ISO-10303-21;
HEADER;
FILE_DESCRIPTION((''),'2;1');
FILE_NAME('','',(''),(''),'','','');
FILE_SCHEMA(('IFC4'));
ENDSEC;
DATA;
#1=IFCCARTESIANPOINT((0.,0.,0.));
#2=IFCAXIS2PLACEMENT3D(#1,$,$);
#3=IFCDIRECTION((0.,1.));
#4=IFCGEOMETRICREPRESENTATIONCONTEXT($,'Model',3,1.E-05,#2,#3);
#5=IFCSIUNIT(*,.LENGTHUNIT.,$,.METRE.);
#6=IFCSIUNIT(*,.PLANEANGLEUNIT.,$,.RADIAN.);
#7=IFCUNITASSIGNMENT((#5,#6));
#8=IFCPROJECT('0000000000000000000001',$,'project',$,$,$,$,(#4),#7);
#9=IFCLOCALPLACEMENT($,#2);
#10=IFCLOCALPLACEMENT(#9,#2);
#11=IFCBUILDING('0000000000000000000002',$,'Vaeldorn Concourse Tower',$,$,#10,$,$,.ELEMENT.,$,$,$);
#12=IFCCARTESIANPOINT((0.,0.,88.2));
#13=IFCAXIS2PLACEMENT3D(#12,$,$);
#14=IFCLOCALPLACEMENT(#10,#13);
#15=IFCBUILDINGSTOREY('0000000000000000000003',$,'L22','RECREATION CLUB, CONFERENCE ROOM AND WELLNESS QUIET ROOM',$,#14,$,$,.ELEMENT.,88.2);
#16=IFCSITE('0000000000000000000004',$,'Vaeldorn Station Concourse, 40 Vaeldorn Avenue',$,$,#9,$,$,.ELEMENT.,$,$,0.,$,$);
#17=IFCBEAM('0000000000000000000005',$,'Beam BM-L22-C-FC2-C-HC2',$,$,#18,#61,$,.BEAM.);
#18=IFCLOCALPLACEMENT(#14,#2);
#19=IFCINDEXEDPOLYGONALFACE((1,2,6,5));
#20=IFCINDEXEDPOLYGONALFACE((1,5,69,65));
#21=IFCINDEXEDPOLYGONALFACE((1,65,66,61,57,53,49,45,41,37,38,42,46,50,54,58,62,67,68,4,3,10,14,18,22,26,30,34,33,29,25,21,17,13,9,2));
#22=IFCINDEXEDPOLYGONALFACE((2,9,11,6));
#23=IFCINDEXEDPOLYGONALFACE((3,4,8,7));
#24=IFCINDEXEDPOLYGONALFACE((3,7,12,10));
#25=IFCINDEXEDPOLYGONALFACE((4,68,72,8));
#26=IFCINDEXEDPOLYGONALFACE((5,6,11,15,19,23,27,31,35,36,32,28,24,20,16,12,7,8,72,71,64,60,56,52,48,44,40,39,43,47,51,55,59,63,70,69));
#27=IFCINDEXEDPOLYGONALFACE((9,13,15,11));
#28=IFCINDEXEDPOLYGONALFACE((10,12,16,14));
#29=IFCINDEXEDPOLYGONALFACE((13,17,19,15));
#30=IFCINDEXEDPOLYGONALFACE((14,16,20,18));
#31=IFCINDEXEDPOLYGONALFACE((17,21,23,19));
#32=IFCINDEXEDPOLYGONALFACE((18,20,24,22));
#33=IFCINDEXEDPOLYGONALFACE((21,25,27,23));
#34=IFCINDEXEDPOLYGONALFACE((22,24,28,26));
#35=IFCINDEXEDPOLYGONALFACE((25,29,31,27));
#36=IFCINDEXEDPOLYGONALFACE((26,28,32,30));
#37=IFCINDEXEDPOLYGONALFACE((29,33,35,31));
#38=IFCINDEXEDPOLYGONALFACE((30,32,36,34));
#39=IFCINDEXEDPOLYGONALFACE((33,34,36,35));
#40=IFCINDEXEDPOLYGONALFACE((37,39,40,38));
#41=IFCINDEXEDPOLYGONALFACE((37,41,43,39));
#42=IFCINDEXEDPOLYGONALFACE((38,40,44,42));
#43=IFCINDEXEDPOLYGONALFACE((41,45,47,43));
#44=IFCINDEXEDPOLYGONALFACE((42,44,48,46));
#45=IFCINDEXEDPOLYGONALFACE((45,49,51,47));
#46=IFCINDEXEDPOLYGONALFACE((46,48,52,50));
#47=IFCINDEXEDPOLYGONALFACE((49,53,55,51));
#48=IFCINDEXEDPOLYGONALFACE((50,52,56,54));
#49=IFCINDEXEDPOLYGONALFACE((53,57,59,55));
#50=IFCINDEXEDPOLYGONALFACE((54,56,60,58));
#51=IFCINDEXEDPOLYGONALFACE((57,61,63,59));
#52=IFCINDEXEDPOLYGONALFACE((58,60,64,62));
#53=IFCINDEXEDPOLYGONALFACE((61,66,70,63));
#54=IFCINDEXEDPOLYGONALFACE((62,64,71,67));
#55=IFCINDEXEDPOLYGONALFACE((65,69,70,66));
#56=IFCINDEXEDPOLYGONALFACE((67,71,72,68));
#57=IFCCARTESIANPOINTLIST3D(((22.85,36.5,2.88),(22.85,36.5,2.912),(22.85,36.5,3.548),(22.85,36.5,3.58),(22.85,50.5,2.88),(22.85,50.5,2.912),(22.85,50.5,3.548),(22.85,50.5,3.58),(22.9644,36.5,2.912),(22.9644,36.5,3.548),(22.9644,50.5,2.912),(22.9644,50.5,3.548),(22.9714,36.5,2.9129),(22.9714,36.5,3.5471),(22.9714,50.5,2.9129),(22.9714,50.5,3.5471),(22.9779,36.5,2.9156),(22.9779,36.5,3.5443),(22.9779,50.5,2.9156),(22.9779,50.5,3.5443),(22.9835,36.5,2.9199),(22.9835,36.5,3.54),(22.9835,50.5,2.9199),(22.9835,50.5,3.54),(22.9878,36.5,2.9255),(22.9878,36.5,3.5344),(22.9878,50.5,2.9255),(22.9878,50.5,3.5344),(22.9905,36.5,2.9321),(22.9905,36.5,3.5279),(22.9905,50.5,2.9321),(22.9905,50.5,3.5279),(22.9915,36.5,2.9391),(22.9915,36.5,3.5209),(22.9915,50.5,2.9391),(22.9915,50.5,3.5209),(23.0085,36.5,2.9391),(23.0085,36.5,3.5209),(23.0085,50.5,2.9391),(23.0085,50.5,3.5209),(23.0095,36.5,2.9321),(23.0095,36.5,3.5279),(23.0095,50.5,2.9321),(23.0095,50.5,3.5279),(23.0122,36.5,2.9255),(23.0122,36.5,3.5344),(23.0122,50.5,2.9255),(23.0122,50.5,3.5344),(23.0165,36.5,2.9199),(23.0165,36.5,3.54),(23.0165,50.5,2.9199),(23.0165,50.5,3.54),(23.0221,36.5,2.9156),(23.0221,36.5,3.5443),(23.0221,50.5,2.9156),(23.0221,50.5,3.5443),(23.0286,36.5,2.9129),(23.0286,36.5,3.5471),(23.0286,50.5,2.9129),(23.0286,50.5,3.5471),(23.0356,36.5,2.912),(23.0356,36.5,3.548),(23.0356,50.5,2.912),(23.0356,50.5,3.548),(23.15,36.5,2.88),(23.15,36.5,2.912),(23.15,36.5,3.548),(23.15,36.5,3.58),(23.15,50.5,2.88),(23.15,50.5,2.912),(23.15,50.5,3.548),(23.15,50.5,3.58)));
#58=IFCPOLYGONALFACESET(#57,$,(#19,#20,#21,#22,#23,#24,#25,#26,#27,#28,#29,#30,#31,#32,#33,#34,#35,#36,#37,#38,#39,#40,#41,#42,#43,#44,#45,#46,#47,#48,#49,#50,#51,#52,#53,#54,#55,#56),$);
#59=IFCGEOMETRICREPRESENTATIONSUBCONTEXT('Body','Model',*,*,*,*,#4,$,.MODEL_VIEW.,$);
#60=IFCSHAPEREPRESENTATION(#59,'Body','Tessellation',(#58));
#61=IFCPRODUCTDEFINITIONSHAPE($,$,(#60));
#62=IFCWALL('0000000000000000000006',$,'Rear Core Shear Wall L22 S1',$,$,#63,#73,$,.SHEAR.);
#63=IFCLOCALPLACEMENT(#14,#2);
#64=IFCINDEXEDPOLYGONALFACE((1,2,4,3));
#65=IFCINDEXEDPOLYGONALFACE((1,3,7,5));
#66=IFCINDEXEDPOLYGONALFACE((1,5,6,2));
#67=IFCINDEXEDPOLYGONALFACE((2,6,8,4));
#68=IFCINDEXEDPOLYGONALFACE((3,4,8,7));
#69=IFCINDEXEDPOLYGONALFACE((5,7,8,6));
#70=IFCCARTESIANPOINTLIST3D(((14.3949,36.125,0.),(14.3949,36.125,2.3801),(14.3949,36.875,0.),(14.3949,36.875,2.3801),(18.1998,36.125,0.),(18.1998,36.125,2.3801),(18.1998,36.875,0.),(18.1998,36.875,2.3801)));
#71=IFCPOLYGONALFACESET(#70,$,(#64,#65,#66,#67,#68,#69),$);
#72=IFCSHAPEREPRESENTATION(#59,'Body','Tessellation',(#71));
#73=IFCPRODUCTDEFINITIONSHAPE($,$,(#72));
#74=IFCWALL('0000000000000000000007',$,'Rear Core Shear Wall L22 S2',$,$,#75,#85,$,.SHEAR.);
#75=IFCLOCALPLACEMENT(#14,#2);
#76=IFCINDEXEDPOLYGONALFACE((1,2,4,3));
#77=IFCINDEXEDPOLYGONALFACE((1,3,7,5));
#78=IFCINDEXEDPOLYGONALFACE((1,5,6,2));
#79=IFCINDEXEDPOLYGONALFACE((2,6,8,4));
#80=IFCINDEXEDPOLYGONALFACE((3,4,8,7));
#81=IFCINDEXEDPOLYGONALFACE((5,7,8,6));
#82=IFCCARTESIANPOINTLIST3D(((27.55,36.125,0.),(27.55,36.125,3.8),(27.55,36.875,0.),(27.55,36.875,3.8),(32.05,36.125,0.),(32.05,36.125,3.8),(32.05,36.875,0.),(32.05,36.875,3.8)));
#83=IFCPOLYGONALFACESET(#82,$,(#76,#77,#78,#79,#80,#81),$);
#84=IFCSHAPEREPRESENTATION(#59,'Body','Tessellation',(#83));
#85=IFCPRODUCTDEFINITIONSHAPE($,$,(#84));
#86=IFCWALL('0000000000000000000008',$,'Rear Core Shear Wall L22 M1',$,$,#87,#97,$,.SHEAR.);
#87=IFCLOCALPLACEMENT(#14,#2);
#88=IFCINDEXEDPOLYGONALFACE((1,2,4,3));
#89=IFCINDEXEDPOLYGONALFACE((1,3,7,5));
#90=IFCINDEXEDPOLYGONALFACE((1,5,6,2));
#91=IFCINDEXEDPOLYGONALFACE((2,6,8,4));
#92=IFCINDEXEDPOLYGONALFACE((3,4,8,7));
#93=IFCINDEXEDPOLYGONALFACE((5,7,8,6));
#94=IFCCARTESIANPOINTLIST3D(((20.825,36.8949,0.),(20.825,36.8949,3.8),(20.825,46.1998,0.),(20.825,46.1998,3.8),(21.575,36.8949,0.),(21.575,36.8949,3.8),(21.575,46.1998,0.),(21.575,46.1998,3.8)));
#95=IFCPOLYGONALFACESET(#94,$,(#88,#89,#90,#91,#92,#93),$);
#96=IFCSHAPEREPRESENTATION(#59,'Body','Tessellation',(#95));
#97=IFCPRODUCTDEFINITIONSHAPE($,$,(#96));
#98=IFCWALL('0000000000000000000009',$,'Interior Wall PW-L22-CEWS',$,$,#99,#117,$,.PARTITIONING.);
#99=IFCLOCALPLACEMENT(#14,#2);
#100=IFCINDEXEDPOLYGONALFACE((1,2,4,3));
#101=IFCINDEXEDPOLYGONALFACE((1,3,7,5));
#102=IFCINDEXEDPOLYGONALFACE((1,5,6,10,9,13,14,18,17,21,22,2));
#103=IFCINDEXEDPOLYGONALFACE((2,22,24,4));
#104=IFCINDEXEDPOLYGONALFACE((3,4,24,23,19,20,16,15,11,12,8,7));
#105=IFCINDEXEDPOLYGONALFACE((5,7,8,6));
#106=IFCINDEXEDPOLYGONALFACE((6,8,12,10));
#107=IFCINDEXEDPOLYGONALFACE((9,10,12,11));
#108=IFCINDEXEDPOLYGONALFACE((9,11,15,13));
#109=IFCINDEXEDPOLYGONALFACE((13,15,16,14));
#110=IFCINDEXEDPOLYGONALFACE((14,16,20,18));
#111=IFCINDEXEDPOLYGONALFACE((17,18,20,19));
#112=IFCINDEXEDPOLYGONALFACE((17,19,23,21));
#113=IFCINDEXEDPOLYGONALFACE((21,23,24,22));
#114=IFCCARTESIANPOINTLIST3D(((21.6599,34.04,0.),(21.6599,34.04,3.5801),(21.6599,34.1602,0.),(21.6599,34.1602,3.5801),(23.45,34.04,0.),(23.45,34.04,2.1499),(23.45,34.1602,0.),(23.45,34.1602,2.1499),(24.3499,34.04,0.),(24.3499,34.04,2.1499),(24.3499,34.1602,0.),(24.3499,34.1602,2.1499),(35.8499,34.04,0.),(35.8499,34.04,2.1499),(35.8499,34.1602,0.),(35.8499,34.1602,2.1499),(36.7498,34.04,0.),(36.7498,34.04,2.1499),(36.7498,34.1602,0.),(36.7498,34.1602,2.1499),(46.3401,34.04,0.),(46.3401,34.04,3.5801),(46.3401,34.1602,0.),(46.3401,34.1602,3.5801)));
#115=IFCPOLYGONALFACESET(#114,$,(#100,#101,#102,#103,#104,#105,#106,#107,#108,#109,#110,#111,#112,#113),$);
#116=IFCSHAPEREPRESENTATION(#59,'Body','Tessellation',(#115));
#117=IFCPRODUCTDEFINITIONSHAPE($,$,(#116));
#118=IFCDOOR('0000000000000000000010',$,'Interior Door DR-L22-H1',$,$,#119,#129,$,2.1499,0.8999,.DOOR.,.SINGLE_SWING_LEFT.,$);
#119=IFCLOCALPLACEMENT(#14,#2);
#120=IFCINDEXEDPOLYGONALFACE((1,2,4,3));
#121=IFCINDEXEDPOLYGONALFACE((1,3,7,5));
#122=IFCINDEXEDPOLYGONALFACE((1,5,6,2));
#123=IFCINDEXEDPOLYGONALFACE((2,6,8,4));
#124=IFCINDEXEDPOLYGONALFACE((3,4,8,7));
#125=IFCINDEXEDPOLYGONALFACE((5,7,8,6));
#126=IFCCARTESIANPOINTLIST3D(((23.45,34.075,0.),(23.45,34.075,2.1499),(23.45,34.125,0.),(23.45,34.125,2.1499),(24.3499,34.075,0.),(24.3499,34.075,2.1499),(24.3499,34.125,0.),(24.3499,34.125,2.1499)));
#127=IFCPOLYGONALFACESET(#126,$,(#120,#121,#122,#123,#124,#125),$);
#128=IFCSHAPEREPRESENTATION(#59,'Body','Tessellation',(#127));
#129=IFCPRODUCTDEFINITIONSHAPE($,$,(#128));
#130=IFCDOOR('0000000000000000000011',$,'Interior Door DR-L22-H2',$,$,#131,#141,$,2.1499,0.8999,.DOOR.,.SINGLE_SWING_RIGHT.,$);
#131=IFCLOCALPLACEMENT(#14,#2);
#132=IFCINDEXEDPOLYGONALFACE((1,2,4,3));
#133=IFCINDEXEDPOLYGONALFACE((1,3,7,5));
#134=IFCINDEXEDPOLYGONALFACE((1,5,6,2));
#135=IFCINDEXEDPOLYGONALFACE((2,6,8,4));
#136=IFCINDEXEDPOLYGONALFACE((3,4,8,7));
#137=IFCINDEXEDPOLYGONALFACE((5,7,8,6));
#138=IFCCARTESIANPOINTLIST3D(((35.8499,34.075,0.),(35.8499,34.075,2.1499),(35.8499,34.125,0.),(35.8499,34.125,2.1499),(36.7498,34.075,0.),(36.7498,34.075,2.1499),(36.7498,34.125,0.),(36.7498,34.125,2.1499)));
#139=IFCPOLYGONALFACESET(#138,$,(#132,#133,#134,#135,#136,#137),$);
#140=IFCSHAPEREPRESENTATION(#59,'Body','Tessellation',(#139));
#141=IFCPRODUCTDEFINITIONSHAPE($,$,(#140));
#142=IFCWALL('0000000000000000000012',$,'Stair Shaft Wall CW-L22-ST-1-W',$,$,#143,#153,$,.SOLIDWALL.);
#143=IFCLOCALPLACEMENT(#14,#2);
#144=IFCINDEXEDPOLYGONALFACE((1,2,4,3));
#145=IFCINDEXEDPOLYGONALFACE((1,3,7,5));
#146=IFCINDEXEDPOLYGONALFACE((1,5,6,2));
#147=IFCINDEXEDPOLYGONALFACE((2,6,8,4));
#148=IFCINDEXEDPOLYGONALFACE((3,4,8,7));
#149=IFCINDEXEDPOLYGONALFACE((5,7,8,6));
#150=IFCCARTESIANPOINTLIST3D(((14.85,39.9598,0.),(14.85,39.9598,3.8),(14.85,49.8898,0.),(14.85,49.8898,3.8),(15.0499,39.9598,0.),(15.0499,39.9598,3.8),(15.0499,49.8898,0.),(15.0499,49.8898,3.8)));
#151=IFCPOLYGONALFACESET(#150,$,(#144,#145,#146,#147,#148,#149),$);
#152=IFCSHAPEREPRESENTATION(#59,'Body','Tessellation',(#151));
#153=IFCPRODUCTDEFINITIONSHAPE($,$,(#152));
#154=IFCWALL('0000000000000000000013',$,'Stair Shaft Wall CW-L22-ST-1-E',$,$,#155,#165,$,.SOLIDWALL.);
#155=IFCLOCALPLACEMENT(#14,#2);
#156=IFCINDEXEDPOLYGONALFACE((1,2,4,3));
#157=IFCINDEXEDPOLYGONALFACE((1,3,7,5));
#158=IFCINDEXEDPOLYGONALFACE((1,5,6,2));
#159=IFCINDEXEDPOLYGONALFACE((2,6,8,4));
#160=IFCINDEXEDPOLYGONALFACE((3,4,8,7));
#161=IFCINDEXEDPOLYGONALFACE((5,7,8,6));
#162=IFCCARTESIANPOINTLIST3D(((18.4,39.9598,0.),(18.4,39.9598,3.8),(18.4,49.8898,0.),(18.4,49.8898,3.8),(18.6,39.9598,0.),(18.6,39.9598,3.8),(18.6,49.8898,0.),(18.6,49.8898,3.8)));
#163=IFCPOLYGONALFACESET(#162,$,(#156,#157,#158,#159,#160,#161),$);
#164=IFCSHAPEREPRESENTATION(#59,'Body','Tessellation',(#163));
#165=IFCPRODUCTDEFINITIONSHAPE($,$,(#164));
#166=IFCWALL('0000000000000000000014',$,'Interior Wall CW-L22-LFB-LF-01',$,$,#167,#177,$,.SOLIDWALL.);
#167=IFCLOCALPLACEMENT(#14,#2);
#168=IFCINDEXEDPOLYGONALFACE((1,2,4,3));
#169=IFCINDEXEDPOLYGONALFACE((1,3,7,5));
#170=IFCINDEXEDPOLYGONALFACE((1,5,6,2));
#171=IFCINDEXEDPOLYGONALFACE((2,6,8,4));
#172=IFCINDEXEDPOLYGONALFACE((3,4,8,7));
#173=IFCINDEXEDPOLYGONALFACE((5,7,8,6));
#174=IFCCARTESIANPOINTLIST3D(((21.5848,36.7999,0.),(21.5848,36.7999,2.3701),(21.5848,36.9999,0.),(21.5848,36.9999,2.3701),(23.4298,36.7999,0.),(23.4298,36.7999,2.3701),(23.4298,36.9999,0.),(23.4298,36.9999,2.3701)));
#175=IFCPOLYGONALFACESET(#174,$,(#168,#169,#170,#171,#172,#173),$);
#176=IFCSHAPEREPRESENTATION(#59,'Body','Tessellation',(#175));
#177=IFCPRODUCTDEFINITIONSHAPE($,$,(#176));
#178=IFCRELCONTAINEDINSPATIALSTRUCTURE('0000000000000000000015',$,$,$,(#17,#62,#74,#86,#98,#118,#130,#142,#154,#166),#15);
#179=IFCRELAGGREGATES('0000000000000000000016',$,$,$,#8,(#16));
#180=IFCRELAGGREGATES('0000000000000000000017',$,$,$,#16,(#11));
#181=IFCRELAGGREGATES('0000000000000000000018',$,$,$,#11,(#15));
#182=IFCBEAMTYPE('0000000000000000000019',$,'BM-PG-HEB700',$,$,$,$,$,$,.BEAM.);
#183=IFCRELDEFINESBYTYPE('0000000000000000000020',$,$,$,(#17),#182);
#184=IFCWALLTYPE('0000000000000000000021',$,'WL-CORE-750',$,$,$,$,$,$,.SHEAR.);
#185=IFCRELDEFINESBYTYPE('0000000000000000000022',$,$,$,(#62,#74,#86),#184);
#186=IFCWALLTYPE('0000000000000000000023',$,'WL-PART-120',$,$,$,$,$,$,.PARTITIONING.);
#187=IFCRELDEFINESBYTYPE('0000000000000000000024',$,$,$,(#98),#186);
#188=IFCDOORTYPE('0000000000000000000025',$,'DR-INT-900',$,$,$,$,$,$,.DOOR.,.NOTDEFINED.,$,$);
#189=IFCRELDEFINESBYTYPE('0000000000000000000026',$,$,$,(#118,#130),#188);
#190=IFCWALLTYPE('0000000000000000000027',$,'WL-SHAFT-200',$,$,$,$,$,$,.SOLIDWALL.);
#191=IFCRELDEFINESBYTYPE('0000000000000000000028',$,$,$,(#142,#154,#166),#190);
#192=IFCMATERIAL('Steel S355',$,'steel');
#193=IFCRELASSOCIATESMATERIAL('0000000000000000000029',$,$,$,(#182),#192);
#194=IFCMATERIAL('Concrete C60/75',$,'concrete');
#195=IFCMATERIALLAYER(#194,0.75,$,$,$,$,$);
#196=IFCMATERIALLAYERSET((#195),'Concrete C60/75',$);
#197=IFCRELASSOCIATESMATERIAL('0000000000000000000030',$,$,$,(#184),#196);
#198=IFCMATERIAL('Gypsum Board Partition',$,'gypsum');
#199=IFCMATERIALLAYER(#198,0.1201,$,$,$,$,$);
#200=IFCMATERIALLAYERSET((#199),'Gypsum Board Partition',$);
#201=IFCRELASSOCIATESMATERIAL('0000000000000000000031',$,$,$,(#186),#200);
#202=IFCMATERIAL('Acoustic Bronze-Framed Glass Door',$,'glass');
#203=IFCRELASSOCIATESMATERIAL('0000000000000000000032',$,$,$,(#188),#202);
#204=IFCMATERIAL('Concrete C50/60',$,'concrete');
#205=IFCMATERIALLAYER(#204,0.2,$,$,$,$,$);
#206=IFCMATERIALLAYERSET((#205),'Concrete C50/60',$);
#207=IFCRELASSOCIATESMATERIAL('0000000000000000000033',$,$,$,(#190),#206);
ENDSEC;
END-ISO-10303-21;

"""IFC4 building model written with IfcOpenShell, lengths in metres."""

from ifc_helpers import new_model, si_unit, direction, frame, frame_2d, origin, origin_2d, place, context, subcontext, project, spatial, rectangle, i_section, extrude, source, transform, mapped, material, layer, layer_set, material_profile, profile_set, type_object, element, fill, save


model = new_model("IFC4")

# Units and contexts
model_context = context("Model", 3, precision=1e-05, world=origin(), true_north=direction((0.0, 1.0)))
body_context = subcontext(model_context, "Body", "Model", "MODEL_VIEW")
ifc_project = project(units=[si_unit("LENGTHUNIT", "METRE"), si_unit("PLANEANGLEUNIT", "RADIAN")], contexts=[model_context])

# Site, building, storey
site_placement = place(None, origin())
site = spatial("IfcSite", under=ifc_project, at=site_placement, Name="Vaeldorn Station Concourse, 40 Vaeldorn Avenue", CompositionType="ELEMENT", RefElevation=0.0)
building_placement = place(site_placement, origin())
building = spatial("IfcBuilding", under=site, at=building_placement, Name="Vaeldorn Concourse Tower", CompositionType="ELEMENT")
storey_placement = place(building_placement, frame((0.0, 0.0, 88.2)))
storey = spatial("IfcBuildingStorey", under=building, at=storey_placement, Name="L22", Description="RECREATION CLUB, CONFERENCE ROOM AND WELLNESS QUIET ROOM", CompositionType="ELEMENT", Elevation=88.2)

# Beam
ifc_material_1 = material(Name="Steel S355", Category="steel")
ifc_material_profile_1 = material_profile(ifc_material_1, i_section(OverallWidth=0.3, OverallDepth=0.7, WebThickness=0.0171, FlangeThickness=0.032, FilletRadius=0.0271, at=origin_2d()), Name="HEB 700")
ifc_profile_set_1 = profile_set([ifc_material_profile_1], Name="Steel S355")
beam_type_1 = type_object("IfcBeamType", Name="BM-PG-HEB700", PredefinedType="BEAM", material=ifc_profile_set_1)
shared_shape_1 = source(origin(), body_context, "Body", "SweptSolid", [
    extrude(i_section(OverallWidth=0.3, OverallDepth=0.7, WebThickness=0.0171, FlangeThickness=0.032, FilletRadius=0.0271, at=origin_2d()), origin(), (0.0, 0.0, 1.0), 14.0),
])
beam_1_placement = place(storey_placement, frame((23.0, 36.5, 3.23), z_axis=(0.0, 1.0, 0.0), x_axis=(-1.0, 0.0, 0.0)))
element("IfcBeam", 1, at=beam_1_placement, inside=storey, type_object=beam_type_1, Name="Beam BM-L22-C-FC2-C-HC2", PredefinedType="BEAM", context=body_context, shape_type="MappedRepresentation", body=[
    mapped(shared_shape_1, transform((0.0, 0.0, 0.0), scale=1.0)),
])

# Walls
ifc_material_2 = material(Name="Concrete C60/75", Category="concrete")
ifc_layer_1 = layer(ifc_material_2, 0.75)
ifc_layer_set_1 = layer_set([ifc_layer_1], Name="Concrete C60/75")
wall_type_1 = type_object("IfcWallType", Name="WL-CORE-750", PredefinedType="SHEAR", material=ifc_layer_set_1)
wall_1_placement = place(storey_placement, frame((14.395, 36.5, 0.0), z_axis=(0.0, 0.0, 1.0), x_axis=(1.0, 0.0, 0.0)))
element("IfcWall", 2, at=wall_1_placement, inside=storey, type_object=wall_type_1, Name="Rear Core Shear Wall L22 S1", PredefinedType="SHEAR", context=body_context, shape_type="SweptSolid", body=[
    extrude(rectangle(XDim=3.8049, YDim=0.75, at=frame_2d((1.9023, 0.0))), origin(), (0.0, 0.0, 1.0), 2.3801),
])
wall_2_placement = place(storey_placement, frame((27.55, 36.5, 0.0), z_axis=(0.0, 0.0, 1.0), x_axis=(1.0, 0.0, 0.0)))
element("IfcWall", 3, at=wall_2_placement, inside=storey, type_object=wall_type_1, Name="Rear Core Shear Wall L22 S2", PredefinedType="SHEAR", context=body_context, shape_type="SweptSolid", body=[
    extrude(rectangle(XDim=4.5, YDim=0.75, at=frame_2d((2.25, 0.0))), origin(), (0.0, 0.0, 1.0), 3.8),
])
wall_3_placement = place(storey_placement, frame((21.2, 36.895, 0.0), z_axis=(0.0, 0.0, 1.0), x_axis=(0.0, 1.0, 0.0)))
element("IfcWall", 4, at=wall_3_placement, inside=storey, type_object=wall_type_1, Name="Rear Core Shear Wall L22 M1", PredefinedType="SHEAR", context=body_context, shape_type="SweptSolid", body=[
    extrude(rectangle(XDim=9.3049, YDim=0.75, at=frame_2d((4.6523, 0.0))), origin(), (0.0, 0.0, 1.0), 3.8),
])

# Wall, openings, doors
ifc_material_3 = material(Name="Gypsum Board Partition", Category="gypsum")
ifc_layer_2 = layer(ifc_material_3, 0.1201)
ifc_layer_set_2 = layer_set([ifc_layer_2], Name="Gypsum Board Partition")
wall_type_2 = type_object("IfcWallType", Name="WL-PART-120", PredefinedType="PARTITIONING", material=ifc_layer_set_2)
wall_4_placement = place(storey_placement, frame((21.6599, 34.1001, 0.0), z_axis=(0.0, 0.0, 1.0), x_axis=(1.0, 0.0, 0.0)))
wall_4 = element("IfcWall", 5, at=wall_4_placement, inside=storey, type_object=wall_type_2, Name="Interior Wall PW-L22-CEWS", PredefinedType="PARTITIONING", context=body_context, shape_type="SweptSolid", body=[
    extrude(rectangle(XDim=24.6802, YDim=0.1201, at=frame_2d((12.3401, 0.0))), origin(), (0.0, 0.0, 1.0), 3.5801),
])
opening_1_placement = place(wall_4_placement, frame((1.79, 0.0, 0.0)))
opening_1 = element("IfcOpeningElement", 6, at=opening_1_placement, cuts=wall_4, PredefinedType="OPENING", context=body_context, shape_type="SweptSolid", body=[
    extrude(rectangle(XDim=0.8999, YDim=2.1499, at=frame_2d((0.45, 1.075))), frame((0.0, 0.0701, 0.0), z_axis=(0.0, -1.0, 0.0), x_axis=(1.0, 0.0, 0.0)), (0.0, 0.0, 1.0), 0.1401),
])
opening_2_placement = place(wall_4_placement, frame((14.1899, 0.0, 0.0)))
opening_2 = element("IfcOpeningElement", 7, at=opening_2_placement, cuts=wall_4, PredefinedType="OPENING", context=body_context, shape_type="SweptSolid", body=[
    extrude(rectangle(XDim=0.8999, YDim=2.1499, at=frame_2d((0.45, 1.075))), frame((0.0, 0.0701, 0.0), z_axis=(0.0, -1.0, 0.0), x_axis=(1.0, 0.0, 0.0)), (0.0, 0.0, 1.0), 0.1401),
])
ifc_material_4 = material(Name="Acoustic Bronze-Framed Glass Door", Category="glass")
door_type_1 = type_object("IfcDoorType", Name="DR-INT-900", OperationType="NOTDEFINED", PredefinedType="DOOR", material=ifc_material_4)
shared_shape_2 = source(origin(), body_context, "Body", "SweptSolid", [
    extrude(rectangle(XDim=0.8999, YDim=2.1499, at=frame_2d((0.45, 1.075))), frame((0.0, 0.0249, 0.0), z_axis=(0.0, -1.0, 0.0), x_axis=(1.0, 0.0, 0.0)), (0.0, 0.0, 1.0), 0.05),
])
door_1_placement = place(opening_1_placement, origin())
door_1 = element("IfcDoor", 8, at=door_1_placement, inside=storey, type_object=door_type_1, Name="Interior Door DR-L22-H1", OperationType="SINGLE_SWING_LEFT", OverallHeight=2.1499, OverallWidth=0.8999, PredefinedType="DOOR", context=body_context, shape_type="MappedRepresentation", body=[
    mapped(shared_shape_2, transform((0.0, 0.0, 0.0), scale=1.0)),
])
fill(opening_1, door_1)
door_2_placement = place(opening_2_placement, origin())
door_2 = element("IfcDoor", 9, at=door_2_placement, inside=storey, type_object=door_type_1, Name="Interior Door DR-L22-H2", OperationType="SINGLE_SWING_RIGHT", OverallHeight=2.1499, OverallWidth=0.8999, PredefinedType="DOOR", context=body_context, shape_type="MappedRepresentation", body=[
    mapped(shared_shape_2, transform((0.0, 0.0, 0.0), scale=1.0)),
])
fill(opening_2, door_2)

# Walls
ifc_material_5 = material(Name="Concrete C50/60", Category="concrete")
ifc_layer_3 = layer(ifc_material_5, 0.2)
ifc_layer_set_3 = layer_set([ifc_layer_3], Name="Concrete C50/60")
wall_type_3 = type_object("IfcWallType", Name="WL-SHAFT-200", PredefinedType="SOLIDWALL", material=ifc_layer_set_3)
for number, where, z_axis, x_axis, name in (
    (10, (14.95, 39.96, 0.0), (0.0, 0.0, 1.0), (0.0, 1.0, 0.0), "Stair Shaft Wall CW-L22-ST-1-W"),
    (11, (18.5, 39.96, 0.0), (0.0, 0.0, 1.0), (0.0, 1.0, 0.0), "Stair Shaft Wall CW-L22-ST-1-E"),
):
    element("IfcWall", number, at=place(storey_placement, frame(where, z_axis=z_axis, x_axis=x_axis)), inside=storey, type_object=wall_type_3, Name=name, PredefinedType="SOLIDWALL", context=body_context, shape_type="SweptSolid", body=[
        extrude(rectangle(XDim=9.9299, YDim=0.2, at=frame_2d((4.9648, 0.0))), origin(), (0.0, 0.0, 1.0), 3.8),
    ])

# Wall
wall_5_placement = place(storey_placement, frame((21.585, 36.8999, 0.0), z_axis=(0.0, 0.0, 1.0), x_axis=(1.0, 0.0, 0.0)))
element("IfcWall", 12, at=wall_5_placement, inside=storey, type_object=wall_type_3, Name="Interior Wall CW-L22-LFB-LF-01", PredefinedType="SOLIDWALL", context=body_context, shape_type="SweptSolid", body=[
    extrude(rectangle(XDim=1.845, YDim=0.2, at=frame_2d((0.9224, 0.0))), origin(), (0.0, 0.0, 1.0), 2.3701),
])

save(model, "model.ifc")
